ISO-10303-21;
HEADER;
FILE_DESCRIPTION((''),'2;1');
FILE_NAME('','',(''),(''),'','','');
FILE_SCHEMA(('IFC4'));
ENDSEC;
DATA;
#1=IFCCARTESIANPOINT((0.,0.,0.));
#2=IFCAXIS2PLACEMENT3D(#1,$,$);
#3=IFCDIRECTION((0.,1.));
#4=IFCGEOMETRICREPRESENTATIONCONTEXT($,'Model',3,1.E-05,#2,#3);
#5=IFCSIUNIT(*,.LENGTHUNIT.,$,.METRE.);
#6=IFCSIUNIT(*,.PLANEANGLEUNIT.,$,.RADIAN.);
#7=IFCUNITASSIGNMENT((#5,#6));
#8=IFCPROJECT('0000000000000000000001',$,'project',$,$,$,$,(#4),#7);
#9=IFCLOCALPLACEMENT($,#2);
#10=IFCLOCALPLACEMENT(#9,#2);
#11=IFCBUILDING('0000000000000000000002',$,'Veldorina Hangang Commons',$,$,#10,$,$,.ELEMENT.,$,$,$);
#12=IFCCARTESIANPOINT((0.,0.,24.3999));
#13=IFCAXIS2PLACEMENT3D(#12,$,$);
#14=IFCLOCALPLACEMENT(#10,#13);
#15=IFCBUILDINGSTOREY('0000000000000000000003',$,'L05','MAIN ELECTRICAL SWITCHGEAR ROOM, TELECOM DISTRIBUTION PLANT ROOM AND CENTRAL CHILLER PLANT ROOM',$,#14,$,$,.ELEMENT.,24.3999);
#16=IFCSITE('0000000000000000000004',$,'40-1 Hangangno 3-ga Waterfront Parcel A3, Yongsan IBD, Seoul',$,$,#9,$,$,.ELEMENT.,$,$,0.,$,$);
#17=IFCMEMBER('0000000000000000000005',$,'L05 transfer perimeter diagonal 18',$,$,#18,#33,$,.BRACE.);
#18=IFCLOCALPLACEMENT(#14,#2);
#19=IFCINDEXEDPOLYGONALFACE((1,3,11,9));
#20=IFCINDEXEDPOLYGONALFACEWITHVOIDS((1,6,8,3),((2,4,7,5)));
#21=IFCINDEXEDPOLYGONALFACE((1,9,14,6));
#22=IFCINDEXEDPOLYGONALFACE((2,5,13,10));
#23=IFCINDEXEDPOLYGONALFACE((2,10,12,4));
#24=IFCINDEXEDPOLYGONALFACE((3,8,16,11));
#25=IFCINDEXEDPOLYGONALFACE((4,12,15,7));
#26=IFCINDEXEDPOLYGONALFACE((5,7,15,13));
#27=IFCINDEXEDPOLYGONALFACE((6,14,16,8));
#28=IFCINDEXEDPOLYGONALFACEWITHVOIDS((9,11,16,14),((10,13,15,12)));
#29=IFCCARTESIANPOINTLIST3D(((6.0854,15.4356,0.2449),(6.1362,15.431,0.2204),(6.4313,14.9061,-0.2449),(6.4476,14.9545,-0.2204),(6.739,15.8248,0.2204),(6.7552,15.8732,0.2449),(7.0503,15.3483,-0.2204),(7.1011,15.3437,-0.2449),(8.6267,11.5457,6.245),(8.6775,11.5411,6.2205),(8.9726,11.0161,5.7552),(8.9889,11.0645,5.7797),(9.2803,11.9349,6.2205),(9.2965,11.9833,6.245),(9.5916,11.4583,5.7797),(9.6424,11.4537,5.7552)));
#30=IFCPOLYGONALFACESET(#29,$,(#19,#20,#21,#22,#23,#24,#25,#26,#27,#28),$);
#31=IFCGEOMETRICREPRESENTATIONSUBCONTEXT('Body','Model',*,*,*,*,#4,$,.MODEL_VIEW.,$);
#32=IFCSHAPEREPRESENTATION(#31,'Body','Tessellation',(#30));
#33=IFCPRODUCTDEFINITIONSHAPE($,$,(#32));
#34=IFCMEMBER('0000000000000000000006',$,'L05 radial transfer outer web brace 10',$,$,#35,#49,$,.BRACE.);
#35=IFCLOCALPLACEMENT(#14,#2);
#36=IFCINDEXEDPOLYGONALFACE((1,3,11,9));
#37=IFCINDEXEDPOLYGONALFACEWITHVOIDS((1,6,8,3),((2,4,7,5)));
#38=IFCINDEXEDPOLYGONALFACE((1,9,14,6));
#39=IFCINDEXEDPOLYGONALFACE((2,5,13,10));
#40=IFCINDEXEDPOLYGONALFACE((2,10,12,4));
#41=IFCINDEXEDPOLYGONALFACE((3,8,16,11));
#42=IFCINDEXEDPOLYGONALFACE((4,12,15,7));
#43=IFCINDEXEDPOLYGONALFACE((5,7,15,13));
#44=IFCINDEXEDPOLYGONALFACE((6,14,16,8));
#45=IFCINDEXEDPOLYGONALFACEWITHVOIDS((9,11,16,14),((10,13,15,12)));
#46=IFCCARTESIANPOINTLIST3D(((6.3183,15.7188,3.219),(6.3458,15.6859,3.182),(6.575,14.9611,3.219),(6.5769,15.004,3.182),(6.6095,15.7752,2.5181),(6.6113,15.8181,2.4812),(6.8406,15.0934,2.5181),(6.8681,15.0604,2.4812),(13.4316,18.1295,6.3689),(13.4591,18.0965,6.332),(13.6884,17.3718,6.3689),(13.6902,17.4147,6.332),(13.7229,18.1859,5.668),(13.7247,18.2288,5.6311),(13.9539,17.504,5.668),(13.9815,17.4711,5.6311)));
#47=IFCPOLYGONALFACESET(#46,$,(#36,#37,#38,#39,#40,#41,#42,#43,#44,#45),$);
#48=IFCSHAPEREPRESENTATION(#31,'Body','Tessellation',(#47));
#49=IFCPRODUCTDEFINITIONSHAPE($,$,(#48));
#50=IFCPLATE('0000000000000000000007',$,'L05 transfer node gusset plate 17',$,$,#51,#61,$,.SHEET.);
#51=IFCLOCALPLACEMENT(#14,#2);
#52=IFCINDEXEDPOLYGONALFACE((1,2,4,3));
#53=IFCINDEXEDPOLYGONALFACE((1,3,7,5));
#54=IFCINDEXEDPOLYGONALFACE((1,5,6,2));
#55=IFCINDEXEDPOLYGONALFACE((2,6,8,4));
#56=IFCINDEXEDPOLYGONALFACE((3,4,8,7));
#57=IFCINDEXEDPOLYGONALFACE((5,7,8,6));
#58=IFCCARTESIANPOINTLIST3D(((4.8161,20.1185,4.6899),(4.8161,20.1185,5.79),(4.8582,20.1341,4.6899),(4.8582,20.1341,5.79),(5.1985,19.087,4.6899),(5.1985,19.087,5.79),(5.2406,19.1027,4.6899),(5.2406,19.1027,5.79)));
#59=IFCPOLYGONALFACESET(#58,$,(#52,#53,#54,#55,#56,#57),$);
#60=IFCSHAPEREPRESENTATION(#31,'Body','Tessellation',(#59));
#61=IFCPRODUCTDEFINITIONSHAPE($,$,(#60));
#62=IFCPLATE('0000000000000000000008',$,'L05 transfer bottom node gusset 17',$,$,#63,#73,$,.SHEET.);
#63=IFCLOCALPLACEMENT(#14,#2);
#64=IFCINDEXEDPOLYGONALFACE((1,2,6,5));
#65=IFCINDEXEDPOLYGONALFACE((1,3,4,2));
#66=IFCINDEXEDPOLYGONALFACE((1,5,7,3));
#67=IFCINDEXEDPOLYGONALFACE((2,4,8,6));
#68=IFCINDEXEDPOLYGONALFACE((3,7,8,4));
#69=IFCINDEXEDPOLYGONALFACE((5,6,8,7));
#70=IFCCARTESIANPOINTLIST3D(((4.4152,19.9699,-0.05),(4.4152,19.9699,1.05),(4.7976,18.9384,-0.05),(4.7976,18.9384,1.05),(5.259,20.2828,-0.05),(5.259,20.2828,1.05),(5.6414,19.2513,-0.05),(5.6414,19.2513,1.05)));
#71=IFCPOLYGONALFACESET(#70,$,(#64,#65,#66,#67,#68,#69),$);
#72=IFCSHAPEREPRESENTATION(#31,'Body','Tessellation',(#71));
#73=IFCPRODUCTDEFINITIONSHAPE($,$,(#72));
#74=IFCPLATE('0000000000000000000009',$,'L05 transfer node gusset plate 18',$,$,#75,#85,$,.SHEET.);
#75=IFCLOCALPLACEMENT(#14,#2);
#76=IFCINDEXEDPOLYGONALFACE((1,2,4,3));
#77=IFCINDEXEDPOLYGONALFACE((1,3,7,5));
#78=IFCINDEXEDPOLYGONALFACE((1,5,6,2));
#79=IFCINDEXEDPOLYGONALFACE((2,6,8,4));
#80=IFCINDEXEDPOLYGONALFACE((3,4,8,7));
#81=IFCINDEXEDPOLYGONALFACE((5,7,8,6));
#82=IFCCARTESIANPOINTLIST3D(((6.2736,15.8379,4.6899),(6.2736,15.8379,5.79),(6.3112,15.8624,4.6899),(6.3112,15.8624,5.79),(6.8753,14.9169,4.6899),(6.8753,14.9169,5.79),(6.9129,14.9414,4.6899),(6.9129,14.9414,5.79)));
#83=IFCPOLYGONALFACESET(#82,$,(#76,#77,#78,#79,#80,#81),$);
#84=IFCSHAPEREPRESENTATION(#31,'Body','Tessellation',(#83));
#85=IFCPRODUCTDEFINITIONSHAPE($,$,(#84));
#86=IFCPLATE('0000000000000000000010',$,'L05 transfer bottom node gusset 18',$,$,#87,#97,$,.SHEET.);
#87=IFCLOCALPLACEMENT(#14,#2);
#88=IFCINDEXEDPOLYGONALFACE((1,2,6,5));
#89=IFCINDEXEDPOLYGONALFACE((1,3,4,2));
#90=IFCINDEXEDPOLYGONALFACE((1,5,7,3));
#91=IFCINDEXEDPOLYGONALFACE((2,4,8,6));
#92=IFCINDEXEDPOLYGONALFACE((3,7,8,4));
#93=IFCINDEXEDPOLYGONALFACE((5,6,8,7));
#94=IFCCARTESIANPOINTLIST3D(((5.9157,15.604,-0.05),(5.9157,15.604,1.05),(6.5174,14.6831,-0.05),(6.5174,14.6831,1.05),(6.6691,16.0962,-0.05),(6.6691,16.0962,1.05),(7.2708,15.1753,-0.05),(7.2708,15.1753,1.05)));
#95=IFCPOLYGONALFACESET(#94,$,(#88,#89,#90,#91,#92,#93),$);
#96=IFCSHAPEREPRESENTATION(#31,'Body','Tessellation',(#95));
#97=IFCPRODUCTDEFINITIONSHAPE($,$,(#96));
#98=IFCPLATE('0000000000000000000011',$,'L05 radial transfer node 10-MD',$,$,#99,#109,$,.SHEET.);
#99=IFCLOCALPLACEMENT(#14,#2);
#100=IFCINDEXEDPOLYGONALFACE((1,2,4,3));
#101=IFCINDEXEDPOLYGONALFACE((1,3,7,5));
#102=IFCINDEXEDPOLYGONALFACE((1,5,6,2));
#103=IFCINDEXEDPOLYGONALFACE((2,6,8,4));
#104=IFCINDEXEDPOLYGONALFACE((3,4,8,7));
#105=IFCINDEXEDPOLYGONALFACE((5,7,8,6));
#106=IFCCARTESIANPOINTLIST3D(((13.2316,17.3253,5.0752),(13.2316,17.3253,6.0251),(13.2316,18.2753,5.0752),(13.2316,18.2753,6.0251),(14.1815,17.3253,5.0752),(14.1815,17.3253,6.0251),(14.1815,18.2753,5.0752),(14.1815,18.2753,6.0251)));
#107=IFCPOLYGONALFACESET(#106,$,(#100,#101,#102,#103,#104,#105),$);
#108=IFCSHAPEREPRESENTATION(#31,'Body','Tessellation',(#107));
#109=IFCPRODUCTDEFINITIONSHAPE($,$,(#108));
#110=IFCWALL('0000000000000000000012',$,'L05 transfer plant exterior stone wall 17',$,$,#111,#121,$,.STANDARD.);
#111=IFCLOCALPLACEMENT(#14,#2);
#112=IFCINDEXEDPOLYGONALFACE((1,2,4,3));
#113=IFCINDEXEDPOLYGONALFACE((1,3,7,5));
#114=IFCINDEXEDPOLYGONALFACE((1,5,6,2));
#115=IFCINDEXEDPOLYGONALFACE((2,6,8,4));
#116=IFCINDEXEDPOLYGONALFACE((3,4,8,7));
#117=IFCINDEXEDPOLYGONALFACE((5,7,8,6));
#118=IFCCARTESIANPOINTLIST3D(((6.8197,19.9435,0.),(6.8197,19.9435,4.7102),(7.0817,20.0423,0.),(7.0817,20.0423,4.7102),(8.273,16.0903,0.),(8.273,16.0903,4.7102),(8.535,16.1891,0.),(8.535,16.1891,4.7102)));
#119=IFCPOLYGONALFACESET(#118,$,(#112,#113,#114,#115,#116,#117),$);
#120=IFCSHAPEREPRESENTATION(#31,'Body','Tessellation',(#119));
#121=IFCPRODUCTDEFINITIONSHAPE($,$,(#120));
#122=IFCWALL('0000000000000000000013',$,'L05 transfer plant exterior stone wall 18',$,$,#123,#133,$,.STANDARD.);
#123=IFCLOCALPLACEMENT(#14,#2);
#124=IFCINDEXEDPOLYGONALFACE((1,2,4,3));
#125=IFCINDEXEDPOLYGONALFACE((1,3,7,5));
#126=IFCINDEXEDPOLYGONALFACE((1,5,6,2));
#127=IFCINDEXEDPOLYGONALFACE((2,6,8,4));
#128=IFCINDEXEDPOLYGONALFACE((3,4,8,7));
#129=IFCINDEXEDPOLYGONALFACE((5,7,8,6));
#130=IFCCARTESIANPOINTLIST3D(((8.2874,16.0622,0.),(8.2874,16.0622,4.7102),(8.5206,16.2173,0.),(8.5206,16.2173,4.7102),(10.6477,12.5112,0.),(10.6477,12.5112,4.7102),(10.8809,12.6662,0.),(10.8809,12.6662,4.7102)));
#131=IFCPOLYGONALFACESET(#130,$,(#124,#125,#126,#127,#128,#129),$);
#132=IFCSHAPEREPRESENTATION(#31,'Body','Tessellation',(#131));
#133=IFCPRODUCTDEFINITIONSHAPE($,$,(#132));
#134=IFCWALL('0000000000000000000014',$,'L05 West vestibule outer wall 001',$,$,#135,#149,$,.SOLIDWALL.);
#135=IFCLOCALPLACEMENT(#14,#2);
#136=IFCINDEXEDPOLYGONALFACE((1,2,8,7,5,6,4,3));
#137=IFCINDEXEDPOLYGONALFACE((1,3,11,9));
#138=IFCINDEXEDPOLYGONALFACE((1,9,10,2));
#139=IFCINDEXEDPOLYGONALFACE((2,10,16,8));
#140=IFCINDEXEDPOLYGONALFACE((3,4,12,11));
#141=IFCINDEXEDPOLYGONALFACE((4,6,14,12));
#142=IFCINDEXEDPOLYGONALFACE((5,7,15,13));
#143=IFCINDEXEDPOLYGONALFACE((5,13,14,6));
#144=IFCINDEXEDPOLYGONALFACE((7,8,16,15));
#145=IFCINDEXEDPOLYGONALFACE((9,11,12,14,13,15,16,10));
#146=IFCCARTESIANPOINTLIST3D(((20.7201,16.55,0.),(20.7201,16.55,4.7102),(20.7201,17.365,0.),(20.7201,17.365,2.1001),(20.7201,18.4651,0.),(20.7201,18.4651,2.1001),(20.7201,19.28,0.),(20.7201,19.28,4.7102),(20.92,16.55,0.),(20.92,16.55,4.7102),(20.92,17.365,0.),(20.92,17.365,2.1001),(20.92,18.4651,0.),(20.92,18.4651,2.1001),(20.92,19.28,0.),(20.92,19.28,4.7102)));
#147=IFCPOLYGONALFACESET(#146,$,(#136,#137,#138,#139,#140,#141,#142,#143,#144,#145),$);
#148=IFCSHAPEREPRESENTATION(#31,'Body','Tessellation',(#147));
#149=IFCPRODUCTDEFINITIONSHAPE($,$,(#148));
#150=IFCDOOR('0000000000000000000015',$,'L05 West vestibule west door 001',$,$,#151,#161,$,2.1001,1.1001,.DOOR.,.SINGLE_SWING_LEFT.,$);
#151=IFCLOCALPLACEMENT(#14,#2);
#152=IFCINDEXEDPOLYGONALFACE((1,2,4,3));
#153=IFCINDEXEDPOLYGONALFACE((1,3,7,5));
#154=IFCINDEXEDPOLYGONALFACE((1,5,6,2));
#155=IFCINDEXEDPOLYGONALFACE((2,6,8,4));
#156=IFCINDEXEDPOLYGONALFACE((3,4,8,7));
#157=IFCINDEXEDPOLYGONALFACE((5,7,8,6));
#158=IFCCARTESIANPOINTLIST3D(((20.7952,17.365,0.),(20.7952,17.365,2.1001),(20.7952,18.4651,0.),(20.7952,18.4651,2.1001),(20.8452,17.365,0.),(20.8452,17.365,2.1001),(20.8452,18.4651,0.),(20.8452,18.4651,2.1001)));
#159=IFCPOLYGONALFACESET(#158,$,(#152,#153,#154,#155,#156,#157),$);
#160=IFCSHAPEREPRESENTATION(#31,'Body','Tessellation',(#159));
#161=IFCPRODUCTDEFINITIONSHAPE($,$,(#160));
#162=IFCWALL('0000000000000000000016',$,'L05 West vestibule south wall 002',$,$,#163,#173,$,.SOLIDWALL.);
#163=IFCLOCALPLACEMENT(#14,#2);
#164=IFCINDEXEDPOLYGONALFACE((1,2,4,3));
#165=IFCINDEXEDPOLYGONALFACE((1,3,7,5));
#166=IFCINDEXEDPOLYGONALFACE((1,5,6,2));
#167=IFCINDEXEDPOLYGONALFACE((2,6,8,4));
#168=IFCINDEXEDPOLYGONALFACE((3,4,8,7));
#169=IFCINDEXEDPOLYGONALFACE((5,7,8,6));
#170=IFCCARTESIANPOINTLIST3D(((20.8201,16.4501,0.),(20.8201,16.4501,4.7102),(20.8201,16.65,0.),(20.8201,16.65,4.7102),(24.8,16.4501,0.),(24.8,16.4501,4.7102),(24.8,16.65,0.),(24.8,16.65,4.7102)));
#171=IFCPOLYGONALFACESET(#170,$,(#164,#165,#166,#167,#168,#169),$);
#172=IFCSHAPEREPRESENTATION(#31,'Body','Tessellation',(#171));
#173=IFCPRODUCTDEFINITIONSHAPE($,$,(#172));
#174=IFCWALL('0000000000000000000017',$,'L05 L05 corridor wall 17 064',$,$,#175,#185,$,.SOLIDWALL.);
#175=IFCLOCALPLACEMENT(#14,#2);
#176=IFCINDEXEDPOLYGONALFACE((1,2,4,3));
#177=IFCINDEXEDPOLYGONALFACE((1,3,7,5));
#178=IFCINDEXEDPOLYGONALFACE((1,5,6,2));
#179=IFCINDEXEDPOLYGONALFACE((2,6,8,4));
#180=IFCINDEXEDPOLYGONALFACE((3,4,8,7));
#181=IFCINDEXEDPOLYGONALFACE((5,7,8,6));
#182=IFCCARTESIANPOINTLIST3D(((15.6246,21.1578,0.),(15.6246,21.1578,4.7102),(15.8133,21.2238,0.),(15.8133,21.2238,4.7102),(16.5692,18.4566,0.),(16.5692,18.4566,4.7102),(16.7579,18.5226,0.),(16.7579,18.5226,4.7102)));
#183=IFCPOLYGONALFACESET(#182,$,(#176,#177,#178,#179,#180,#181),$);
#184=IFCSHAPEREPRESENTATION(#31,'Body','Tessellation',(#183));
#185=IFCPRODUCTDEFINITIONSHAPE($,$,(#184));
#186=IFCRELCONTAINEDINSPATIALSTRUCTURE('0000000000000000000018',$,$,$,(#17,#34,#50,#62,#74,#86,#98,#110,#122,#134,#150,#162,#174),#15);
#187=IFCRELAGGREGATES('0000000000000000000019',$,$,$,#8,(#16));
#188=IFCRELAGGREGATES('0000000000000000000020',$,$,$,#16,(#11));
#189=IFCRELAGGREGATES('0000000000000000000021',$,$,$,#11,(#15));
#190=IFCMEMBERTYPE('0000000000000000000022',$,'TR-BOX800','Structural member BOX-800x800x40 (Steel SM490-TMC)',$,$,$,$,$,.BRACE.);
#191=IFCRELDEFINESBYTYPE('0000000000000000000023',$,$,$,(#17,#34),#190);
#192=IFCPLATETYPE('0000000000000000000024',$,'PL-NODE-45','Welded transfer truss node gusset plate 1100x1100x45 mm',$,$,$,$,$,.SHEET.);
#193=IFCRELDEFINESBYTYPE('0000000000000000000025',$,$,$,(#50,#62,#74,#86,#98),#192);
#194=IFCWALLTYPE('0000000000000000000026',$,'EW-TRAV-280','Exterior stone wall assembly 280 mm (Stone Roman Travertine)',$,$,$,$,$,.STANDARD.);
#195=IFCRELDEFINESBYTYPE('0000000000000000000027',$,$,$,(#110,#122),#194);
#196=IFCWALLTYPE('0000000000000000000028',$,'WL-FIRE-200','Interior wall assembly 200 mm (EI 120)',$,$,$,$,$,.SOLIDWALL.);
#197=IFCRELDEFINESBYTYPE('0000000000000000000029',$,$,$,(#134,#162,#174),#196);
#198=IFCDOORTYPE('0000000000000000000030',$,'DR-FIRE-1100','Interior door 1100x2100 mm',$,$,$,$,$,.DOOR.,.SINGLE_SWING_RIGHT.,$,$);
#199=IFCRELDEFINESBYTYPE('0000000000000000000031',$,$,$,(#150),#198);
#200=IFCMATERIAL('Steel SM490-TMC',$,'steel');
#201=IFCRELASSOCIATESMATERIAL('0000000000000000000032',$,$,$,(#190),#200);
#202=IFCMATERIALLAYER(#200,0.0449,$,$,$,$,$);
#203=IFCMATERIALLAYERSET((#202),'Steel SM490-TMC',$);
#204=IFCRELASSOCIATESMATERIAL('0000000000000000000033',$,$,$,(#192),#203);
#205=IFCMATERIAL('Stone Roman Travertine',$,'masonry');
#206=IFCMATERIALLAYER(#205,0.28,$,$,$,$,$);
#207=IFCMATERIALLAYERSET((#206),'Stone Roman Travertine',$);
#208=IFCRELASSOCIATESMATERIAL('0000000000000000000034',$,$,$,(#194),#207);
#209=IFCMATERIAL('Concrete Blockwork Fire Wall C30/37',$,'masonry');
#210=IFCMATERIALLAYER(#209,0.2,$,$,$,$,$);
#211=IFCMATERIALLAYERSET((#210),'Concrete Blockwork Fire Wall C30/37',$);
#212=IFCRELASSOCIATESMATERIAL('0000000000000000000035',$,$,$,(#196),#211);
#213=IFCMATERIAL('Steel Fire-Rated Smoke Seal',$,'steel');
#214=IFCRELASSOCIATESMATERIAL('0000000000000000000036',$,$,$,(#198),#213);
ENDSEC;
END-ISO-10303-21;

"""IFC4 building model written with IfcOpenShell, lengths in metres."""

from ifc_helpers import new_model, si_unit, direction, frame, frame_2d, origin, origin_2d, place, context, subcontext, project, spatial, rectangle, hollow_rectangle, extrude, material, layer, layer_set, material_profile, profile_set, type_object, element, fill, save


model = new_model("IFC4")

# Units and contexts
model_context = context("Model", 3, precision=1e-05, world=origin(), true_north=direction((0.0, 1.0)))
body_context = subcontext(model_context, "Body", "Model", "MODEL_VIEW")
ifc_project = project(units=[si_unit("LENGTHUNIT", "METRE"), si_unit("PLANEANGLEUNIT", "RADIAN")], contexts=[model_context])

# Site, building, storey
site_placement = place(None, origin())
site = spatial("IfcSite", under=ifc_project, at=site_placement, Name="40-1 Hangangno 3-ga Waterfront Parcel A3, Yongsan IBD, Seoul", CompositionType="ELEMENT", RefElevation=0.0)
building_placement = place(site_placement, origin())
building = spatial("IfcBuilding", under=site, at=building_placement, Name="Veldorina Hangang Commons", CompositionType="ELEMENT")
storey_placement = place(building_placement, frame((0.0, 0.0, 24.3999)))
storey = spatial("IfcBuildingStorey", under=building, at=storey_placement, Name="L05", Description="MAIN ELECTRICAL SWITCHGEAR ROOM, TELECOM DISTRIBUTION PLANT ROOM AND CENTRAL CHILLER PLANT ROOM", CompositionType="ELEMENT", Elevation=24.3999)

# Shared definitions
ifc_material_1 = material(Name="Steel SM490-TMC", Category="steel")

# Members
ifc_material_profile_1 = material_profile(ifc_material_1, hollow_rectangle(XDim=0.8, YDim=0.8, WallThickness=0.04, at=origin_2d()), Name="BOX-800x800x40")
ifc_profile_set_1 = profile_set([ifc_material_profile_1], Name="Steel SM490-TMC")
member_type = type_object("IfcMemberType", Name="TR-BOX800", Description="Structural member BOX-800x800x40 (Steel SM490-TMC)", PredefinedType="BRACE", material=ifc_profile_set_1)
member_1_placement = place(storey_placement, frame((6.5933, 15.3896, 0.0), z_axis=(0.334872, -0.512586, 0.790643), x_axis=(0.83718, 0.546928, 0.0)))
element("IfcMember", 1, at=member_1_placement, inside=storey, type_object=member_type, Name="L05 transfer perimeter diagonal 18", PredefinedType="BRACE", context=body_context, shape_type="SweptSolid", body=[
    extrude(hollow_rectangle(XDim=0.8, YDim=0.8, WallThickness=0.04, at=origin_2d()), origin(), (0.0, 0.0, 1.0), 7.5889),
])
member_2_placement = place(storey_placement, frame((13.7065, 17.8003, 6.0), z_axis=(-0.873391, -0.295987, -0.386755), x_axis=(0.320963, -0.947092, 0.0)))
element("IfcMember", 2, at=member_2_placement, inside=storey, type_object=member_type, Name="L05 radial transfer outer web brace 10", PredefinedType="BRACE", context=body_context, shape_type="SweptSolid", body=[
    extrude(hollow_rectangle(XDim=0.8, YDim=0.8, WallThickness=0.04, at=origin_2d()), origin(), (0.0, 0.0, 1.0), 8.1445),
])

# Plates
ifc_layer_1 = layer(ifc_material_1, 0.0449)
ifc_layer_set_1 = layer_set([ifc_layer_1], Name="Steel SM490-TMC")
plate_type = type_object("IfcPlateType", Name="PL-NODE-45", Description="Welded transfer truss node gusset plate 1100x1100x45 mm", PredefinedType="SHEET", material=ifc_layer_set_1)
plate_1_placement = place(storey_placement, frame((5.0283, 19.6106, 4.6899), z_axis=(0.0, 0.0, 1.0), x_axis=(0.347623, -0.937634, 0.0)))
element("IfcPlate", 3, at=plate_1_placement, inside=storey, type_object=plate_type, Name="L05 transfer node gusset plate 17", PredefinedType="SHEET", context=body_context, shape_type="SweptSolid", body=[
    extrude(rectangle(XDim=1.1001, YDim=0.0449, at=origin_2d()), origin(), (0.0, 0.0, 1.0), 1.1001),
])
plate_2_placement = place(storey_placement, frame((5.0283, 19.6106, -0.05), z_axis=(0.0, 0.0, 1.0), x_axis=(0.347623, -0.937634, 0.0)))
element("IfcPlate", 4, at=plate_2_placement, inside=storey, type_object=plate_type, Name="L05 transfer bottom node gusset 17", PredefinedType="SHEET", context=body_context, shape_type="SweptSolid", body=[
    extrude(rectangle(XDim=1.1001, YDim=0.8999, at=origin_2d()), origin(), (0.0, 0.0, 1.0), 1.1001),
])
plate_3_placement = place(storey_placement, frame((6.5933, 15.3896, 4.6899), z_axis=(0.0, 0.0, 1.0), x_axis=(0.546935, -0.837175, 0.0)))
element("IfcPlate", 5, at=plate_3_placement, inside=storey, type_object=plate_type, Name="L05 transfer node gusset plate 18", PredefinedType="SHEET", context=body_context, shape_type="SweptSolid", body=[
    extrude(rectangle(XDim=1.1001, YDim=0.0449, at=origin_2d()), origin(), (0.0, 0.0, 1.0), 1.1001),
])
plate_4_placement = place(storey_placement, frame((6.5933, 15.3896, -0.05), z_axis=(0.0, 0.0, 1.0), x_axis=(0.546935, -0.837175, 0.0)))
element("IfcPlate", 6, at=plate_4_placement, inside=storey, type_object=plate_type, Name="L05 transfer bottom node gusset 18", PredefinedType="SHEET", context=body_context, shape_type="SweptSolid", body=[
    extrude(rectangle(XDim=1.1001, YDim=0.8999, at=origin_2d()), origin(), (0.0, 0.0, 1.0), 1.1001),
])
plate_5_placement = place(storey_placement, frame((13.7065, 17.8003, 5.0752), z_axis=(0.0, 0.0, 1.0), x_axis=(1.0, 0.0, 0.0)))
element("IfcPlate", 7, at=plate_5_placement, inside=storey, type_object=plate_type, Name="L05 radial transfer node 10-MD", PredefinedType="SHEET", context=body_context, shape_type="SweptSolid", body=[
    extrude(rectangle(XDim=0.95, YDim=0.95, at=origin_2d()), origin(), (0.0, 0.0, 1.0), 0.95),
])

# Walls
ifc_material_2 = material(Name="Stone Roman Travertine", Category="masonry")
ifc_layer_2 = layer(ifc_material_2, 0.28)
ifc_layer_set_2 = layer_set([ifc_layer_2], Name="Stone Roman Travertine")
wall_type_1 = type_object("IfcWallType", Name="EW-TRAV-280", Description="Exterior stone wall assembly 280 mm (Stone Roman Travertine)", PredefinedType="STANDARD", material=ifc_layer_set_2)
wall_1_placement = place(storey_placement, frame((6.9507, 19.9929, 0.0), z_axis=(0.0, 0.0, 1.0), x_axis=(0.352909, -0.935657, 0.0)))
element("IfcWall", 8, at=wall_1_placement, inside=storey, type_object=wall_type_1, Name="L05 transfer plant exterior stone wall 17", PredefinedType="STANDARD", context=body_context, shape_type="SweptSolid", body=[
    extrude(rectangle(XDim=4.1182, YDim=0.28, at=frame_2d((2.0591, 0.0))), origin(), (0.0, 0.0, 1.0), 4.7102),
])
wall_2_placement = place(storey_placement, frame((8.4041, 16.1396, 0.0), z_axis=(0.0, 0.0, 1.0), x_axis=(0.553563, -0.832807, 0.0)))
element("IfcWall", 9, at=wall_2_placement, inside=storey, type_object=wall_type_1, Name="L05 transfer plant exterior stone wall 18", PredefinedType="STANDARD", context=body_context, shape_type="SweptSolid", body=[
    extrude(rectangle(XDim=4.2639, YDim=0.28, at=frame_2d((2.1318, 0.0))), origin(), (0.0, 0.0, 1.0), 4.7102),
])

# Wall, opening, door
ifc_material_3 = material(Name="Concrete Blockwork Fire Wall C30/37", Category="masonry")
ifc_layer_3 = layer(ifc_material_3, 0.2)
ifc_layer_set_3 = layer_set([ifc_layer_3], Name="Concrete Blockwork Fire Wall C30/37")
wall_type_2 = type_object("IfcWallType", Name="WL-FIRE-200", Description="Interior wall assembly 200 mm (EI 120)", PredefinedType="SOLIDWALL", material=ifc_layer_set_3)
wall_3_placement = place(storey_placement, frame((20.8201, 16.55, 0.0), z_axis=(0.0, 0.0, 1.0), x_axis=(0.0, 1.0, 0.0)))
wall_3 = element("IfcWall", 10, at=wall_3_placement, inside=storey, type_object=wall_type_2, Name="L05 West vestibule outer wall 001", PredefinedType="SOLIDWALL", context=body_context, shape_type="SweptSolid", body=[
    extrude(rectangle(XDim=2.73, YDim=0.2, at=frame_2d((1.365, 0.0))), origin(), (0.0, 0.0, 1.0), 4.7102),
])
opening_placement = place(wall_3_placement, frame((0.8149, 0.0, 0.0)))
opening = element("IfcOpeningElement", 11, at=opening_placement, cuts=wall_3, PredefinedType="OPENING", context=body_context, shape_type="SweptSolid", body=[
    extrude(rectangle(XDim=1.1001, YDim=2.1001, at=frame_2d((0.55, 1.05))), frame((0.0, 0.1099, 0.0), z_axis=(0.0, -1.0, 0.0), x_axis=(1.0, 0.0, 0.0)), (0.0, 0.0, 1.0), 0.22),
])
ifc_material_4 = material(Name="Steel Fire-Rated Smoke Seal", Category="steel")
door_type = type_object("IfcDoorType", Name="DR-FIRE-1100", Description="Interior door 1100x2100 mm", OperationType="SINGLE_SWING_RIGHT", PredefinedType="DOOR", material=ifc_material_4)
door_placement = place(opening_placement, origin())
door = element("IfcDoor", 12, at=door_placement, inside=storey, type_object=door_type, Name="L05 West vestibule west door 001", OperationType="SINGLE_SWING_LEFT", OverallHeight=2.1001, OverallWidth=1.1001, PredefinedType="DOOR", context=body_context, shape_type="SweptSolid", body=[
    extrude(rectangle(XDim=1.1001, YDim=2.1001, at=frame_2d((0.55, 1.05))), frame((0.0, 0.0249, 0.0), z_axis=(0.0, -1.0, 0.0), x_axis=(1.0, 0.0, 0.0)), (0.0, 0.0, 1.0), 0.05),
])
fill(opening, door)

# Walls
wall_4_placement = place(storey_placement, frame((20.8201, 16.55, 0.0), z_axis=(0.0, 0.0, 1.0), x_axis=(1.0, 0.0, 0.0)))
element("IfcWall", 13, at=wall_4_placement, inside=storey, type_object=wall_type_2, Name="L05 West vestibule south wall 002", PredefinedType="SOLIDWALL", context=body_context, shape_type="SweptSolid", body=[
    extrude(rectangle(XDim=3.98, YDim=0.2, at=frame_2d((1.99, 0.0))), origin(), (0.0, 0.0, 1.0), 4.7102),
])
wall_5_placement = place(storey_placement, frame((15.719, 21.1907, 0.0), z_axis=(0.0, 0.0, 1.0), x_axis=(0.330092, -0.943949, 0.0)))
element("IfcWall", 14, at=wall_5_placement, inside=storey, type_object=wall_type_2, Name="L05 L05 corridor wall 17 064", PredefinedType="SOLIDWALL", context=body_context, shape_type="SweptSolid", body=[
    extrude(rectangle(XDim=2.8616, YDim=0.2, at=frame_2d((1.4307, 0.0))), origin(), (0.0, 0.0, 1.0), 4.7102),
])

save(model, "model.ifc")
